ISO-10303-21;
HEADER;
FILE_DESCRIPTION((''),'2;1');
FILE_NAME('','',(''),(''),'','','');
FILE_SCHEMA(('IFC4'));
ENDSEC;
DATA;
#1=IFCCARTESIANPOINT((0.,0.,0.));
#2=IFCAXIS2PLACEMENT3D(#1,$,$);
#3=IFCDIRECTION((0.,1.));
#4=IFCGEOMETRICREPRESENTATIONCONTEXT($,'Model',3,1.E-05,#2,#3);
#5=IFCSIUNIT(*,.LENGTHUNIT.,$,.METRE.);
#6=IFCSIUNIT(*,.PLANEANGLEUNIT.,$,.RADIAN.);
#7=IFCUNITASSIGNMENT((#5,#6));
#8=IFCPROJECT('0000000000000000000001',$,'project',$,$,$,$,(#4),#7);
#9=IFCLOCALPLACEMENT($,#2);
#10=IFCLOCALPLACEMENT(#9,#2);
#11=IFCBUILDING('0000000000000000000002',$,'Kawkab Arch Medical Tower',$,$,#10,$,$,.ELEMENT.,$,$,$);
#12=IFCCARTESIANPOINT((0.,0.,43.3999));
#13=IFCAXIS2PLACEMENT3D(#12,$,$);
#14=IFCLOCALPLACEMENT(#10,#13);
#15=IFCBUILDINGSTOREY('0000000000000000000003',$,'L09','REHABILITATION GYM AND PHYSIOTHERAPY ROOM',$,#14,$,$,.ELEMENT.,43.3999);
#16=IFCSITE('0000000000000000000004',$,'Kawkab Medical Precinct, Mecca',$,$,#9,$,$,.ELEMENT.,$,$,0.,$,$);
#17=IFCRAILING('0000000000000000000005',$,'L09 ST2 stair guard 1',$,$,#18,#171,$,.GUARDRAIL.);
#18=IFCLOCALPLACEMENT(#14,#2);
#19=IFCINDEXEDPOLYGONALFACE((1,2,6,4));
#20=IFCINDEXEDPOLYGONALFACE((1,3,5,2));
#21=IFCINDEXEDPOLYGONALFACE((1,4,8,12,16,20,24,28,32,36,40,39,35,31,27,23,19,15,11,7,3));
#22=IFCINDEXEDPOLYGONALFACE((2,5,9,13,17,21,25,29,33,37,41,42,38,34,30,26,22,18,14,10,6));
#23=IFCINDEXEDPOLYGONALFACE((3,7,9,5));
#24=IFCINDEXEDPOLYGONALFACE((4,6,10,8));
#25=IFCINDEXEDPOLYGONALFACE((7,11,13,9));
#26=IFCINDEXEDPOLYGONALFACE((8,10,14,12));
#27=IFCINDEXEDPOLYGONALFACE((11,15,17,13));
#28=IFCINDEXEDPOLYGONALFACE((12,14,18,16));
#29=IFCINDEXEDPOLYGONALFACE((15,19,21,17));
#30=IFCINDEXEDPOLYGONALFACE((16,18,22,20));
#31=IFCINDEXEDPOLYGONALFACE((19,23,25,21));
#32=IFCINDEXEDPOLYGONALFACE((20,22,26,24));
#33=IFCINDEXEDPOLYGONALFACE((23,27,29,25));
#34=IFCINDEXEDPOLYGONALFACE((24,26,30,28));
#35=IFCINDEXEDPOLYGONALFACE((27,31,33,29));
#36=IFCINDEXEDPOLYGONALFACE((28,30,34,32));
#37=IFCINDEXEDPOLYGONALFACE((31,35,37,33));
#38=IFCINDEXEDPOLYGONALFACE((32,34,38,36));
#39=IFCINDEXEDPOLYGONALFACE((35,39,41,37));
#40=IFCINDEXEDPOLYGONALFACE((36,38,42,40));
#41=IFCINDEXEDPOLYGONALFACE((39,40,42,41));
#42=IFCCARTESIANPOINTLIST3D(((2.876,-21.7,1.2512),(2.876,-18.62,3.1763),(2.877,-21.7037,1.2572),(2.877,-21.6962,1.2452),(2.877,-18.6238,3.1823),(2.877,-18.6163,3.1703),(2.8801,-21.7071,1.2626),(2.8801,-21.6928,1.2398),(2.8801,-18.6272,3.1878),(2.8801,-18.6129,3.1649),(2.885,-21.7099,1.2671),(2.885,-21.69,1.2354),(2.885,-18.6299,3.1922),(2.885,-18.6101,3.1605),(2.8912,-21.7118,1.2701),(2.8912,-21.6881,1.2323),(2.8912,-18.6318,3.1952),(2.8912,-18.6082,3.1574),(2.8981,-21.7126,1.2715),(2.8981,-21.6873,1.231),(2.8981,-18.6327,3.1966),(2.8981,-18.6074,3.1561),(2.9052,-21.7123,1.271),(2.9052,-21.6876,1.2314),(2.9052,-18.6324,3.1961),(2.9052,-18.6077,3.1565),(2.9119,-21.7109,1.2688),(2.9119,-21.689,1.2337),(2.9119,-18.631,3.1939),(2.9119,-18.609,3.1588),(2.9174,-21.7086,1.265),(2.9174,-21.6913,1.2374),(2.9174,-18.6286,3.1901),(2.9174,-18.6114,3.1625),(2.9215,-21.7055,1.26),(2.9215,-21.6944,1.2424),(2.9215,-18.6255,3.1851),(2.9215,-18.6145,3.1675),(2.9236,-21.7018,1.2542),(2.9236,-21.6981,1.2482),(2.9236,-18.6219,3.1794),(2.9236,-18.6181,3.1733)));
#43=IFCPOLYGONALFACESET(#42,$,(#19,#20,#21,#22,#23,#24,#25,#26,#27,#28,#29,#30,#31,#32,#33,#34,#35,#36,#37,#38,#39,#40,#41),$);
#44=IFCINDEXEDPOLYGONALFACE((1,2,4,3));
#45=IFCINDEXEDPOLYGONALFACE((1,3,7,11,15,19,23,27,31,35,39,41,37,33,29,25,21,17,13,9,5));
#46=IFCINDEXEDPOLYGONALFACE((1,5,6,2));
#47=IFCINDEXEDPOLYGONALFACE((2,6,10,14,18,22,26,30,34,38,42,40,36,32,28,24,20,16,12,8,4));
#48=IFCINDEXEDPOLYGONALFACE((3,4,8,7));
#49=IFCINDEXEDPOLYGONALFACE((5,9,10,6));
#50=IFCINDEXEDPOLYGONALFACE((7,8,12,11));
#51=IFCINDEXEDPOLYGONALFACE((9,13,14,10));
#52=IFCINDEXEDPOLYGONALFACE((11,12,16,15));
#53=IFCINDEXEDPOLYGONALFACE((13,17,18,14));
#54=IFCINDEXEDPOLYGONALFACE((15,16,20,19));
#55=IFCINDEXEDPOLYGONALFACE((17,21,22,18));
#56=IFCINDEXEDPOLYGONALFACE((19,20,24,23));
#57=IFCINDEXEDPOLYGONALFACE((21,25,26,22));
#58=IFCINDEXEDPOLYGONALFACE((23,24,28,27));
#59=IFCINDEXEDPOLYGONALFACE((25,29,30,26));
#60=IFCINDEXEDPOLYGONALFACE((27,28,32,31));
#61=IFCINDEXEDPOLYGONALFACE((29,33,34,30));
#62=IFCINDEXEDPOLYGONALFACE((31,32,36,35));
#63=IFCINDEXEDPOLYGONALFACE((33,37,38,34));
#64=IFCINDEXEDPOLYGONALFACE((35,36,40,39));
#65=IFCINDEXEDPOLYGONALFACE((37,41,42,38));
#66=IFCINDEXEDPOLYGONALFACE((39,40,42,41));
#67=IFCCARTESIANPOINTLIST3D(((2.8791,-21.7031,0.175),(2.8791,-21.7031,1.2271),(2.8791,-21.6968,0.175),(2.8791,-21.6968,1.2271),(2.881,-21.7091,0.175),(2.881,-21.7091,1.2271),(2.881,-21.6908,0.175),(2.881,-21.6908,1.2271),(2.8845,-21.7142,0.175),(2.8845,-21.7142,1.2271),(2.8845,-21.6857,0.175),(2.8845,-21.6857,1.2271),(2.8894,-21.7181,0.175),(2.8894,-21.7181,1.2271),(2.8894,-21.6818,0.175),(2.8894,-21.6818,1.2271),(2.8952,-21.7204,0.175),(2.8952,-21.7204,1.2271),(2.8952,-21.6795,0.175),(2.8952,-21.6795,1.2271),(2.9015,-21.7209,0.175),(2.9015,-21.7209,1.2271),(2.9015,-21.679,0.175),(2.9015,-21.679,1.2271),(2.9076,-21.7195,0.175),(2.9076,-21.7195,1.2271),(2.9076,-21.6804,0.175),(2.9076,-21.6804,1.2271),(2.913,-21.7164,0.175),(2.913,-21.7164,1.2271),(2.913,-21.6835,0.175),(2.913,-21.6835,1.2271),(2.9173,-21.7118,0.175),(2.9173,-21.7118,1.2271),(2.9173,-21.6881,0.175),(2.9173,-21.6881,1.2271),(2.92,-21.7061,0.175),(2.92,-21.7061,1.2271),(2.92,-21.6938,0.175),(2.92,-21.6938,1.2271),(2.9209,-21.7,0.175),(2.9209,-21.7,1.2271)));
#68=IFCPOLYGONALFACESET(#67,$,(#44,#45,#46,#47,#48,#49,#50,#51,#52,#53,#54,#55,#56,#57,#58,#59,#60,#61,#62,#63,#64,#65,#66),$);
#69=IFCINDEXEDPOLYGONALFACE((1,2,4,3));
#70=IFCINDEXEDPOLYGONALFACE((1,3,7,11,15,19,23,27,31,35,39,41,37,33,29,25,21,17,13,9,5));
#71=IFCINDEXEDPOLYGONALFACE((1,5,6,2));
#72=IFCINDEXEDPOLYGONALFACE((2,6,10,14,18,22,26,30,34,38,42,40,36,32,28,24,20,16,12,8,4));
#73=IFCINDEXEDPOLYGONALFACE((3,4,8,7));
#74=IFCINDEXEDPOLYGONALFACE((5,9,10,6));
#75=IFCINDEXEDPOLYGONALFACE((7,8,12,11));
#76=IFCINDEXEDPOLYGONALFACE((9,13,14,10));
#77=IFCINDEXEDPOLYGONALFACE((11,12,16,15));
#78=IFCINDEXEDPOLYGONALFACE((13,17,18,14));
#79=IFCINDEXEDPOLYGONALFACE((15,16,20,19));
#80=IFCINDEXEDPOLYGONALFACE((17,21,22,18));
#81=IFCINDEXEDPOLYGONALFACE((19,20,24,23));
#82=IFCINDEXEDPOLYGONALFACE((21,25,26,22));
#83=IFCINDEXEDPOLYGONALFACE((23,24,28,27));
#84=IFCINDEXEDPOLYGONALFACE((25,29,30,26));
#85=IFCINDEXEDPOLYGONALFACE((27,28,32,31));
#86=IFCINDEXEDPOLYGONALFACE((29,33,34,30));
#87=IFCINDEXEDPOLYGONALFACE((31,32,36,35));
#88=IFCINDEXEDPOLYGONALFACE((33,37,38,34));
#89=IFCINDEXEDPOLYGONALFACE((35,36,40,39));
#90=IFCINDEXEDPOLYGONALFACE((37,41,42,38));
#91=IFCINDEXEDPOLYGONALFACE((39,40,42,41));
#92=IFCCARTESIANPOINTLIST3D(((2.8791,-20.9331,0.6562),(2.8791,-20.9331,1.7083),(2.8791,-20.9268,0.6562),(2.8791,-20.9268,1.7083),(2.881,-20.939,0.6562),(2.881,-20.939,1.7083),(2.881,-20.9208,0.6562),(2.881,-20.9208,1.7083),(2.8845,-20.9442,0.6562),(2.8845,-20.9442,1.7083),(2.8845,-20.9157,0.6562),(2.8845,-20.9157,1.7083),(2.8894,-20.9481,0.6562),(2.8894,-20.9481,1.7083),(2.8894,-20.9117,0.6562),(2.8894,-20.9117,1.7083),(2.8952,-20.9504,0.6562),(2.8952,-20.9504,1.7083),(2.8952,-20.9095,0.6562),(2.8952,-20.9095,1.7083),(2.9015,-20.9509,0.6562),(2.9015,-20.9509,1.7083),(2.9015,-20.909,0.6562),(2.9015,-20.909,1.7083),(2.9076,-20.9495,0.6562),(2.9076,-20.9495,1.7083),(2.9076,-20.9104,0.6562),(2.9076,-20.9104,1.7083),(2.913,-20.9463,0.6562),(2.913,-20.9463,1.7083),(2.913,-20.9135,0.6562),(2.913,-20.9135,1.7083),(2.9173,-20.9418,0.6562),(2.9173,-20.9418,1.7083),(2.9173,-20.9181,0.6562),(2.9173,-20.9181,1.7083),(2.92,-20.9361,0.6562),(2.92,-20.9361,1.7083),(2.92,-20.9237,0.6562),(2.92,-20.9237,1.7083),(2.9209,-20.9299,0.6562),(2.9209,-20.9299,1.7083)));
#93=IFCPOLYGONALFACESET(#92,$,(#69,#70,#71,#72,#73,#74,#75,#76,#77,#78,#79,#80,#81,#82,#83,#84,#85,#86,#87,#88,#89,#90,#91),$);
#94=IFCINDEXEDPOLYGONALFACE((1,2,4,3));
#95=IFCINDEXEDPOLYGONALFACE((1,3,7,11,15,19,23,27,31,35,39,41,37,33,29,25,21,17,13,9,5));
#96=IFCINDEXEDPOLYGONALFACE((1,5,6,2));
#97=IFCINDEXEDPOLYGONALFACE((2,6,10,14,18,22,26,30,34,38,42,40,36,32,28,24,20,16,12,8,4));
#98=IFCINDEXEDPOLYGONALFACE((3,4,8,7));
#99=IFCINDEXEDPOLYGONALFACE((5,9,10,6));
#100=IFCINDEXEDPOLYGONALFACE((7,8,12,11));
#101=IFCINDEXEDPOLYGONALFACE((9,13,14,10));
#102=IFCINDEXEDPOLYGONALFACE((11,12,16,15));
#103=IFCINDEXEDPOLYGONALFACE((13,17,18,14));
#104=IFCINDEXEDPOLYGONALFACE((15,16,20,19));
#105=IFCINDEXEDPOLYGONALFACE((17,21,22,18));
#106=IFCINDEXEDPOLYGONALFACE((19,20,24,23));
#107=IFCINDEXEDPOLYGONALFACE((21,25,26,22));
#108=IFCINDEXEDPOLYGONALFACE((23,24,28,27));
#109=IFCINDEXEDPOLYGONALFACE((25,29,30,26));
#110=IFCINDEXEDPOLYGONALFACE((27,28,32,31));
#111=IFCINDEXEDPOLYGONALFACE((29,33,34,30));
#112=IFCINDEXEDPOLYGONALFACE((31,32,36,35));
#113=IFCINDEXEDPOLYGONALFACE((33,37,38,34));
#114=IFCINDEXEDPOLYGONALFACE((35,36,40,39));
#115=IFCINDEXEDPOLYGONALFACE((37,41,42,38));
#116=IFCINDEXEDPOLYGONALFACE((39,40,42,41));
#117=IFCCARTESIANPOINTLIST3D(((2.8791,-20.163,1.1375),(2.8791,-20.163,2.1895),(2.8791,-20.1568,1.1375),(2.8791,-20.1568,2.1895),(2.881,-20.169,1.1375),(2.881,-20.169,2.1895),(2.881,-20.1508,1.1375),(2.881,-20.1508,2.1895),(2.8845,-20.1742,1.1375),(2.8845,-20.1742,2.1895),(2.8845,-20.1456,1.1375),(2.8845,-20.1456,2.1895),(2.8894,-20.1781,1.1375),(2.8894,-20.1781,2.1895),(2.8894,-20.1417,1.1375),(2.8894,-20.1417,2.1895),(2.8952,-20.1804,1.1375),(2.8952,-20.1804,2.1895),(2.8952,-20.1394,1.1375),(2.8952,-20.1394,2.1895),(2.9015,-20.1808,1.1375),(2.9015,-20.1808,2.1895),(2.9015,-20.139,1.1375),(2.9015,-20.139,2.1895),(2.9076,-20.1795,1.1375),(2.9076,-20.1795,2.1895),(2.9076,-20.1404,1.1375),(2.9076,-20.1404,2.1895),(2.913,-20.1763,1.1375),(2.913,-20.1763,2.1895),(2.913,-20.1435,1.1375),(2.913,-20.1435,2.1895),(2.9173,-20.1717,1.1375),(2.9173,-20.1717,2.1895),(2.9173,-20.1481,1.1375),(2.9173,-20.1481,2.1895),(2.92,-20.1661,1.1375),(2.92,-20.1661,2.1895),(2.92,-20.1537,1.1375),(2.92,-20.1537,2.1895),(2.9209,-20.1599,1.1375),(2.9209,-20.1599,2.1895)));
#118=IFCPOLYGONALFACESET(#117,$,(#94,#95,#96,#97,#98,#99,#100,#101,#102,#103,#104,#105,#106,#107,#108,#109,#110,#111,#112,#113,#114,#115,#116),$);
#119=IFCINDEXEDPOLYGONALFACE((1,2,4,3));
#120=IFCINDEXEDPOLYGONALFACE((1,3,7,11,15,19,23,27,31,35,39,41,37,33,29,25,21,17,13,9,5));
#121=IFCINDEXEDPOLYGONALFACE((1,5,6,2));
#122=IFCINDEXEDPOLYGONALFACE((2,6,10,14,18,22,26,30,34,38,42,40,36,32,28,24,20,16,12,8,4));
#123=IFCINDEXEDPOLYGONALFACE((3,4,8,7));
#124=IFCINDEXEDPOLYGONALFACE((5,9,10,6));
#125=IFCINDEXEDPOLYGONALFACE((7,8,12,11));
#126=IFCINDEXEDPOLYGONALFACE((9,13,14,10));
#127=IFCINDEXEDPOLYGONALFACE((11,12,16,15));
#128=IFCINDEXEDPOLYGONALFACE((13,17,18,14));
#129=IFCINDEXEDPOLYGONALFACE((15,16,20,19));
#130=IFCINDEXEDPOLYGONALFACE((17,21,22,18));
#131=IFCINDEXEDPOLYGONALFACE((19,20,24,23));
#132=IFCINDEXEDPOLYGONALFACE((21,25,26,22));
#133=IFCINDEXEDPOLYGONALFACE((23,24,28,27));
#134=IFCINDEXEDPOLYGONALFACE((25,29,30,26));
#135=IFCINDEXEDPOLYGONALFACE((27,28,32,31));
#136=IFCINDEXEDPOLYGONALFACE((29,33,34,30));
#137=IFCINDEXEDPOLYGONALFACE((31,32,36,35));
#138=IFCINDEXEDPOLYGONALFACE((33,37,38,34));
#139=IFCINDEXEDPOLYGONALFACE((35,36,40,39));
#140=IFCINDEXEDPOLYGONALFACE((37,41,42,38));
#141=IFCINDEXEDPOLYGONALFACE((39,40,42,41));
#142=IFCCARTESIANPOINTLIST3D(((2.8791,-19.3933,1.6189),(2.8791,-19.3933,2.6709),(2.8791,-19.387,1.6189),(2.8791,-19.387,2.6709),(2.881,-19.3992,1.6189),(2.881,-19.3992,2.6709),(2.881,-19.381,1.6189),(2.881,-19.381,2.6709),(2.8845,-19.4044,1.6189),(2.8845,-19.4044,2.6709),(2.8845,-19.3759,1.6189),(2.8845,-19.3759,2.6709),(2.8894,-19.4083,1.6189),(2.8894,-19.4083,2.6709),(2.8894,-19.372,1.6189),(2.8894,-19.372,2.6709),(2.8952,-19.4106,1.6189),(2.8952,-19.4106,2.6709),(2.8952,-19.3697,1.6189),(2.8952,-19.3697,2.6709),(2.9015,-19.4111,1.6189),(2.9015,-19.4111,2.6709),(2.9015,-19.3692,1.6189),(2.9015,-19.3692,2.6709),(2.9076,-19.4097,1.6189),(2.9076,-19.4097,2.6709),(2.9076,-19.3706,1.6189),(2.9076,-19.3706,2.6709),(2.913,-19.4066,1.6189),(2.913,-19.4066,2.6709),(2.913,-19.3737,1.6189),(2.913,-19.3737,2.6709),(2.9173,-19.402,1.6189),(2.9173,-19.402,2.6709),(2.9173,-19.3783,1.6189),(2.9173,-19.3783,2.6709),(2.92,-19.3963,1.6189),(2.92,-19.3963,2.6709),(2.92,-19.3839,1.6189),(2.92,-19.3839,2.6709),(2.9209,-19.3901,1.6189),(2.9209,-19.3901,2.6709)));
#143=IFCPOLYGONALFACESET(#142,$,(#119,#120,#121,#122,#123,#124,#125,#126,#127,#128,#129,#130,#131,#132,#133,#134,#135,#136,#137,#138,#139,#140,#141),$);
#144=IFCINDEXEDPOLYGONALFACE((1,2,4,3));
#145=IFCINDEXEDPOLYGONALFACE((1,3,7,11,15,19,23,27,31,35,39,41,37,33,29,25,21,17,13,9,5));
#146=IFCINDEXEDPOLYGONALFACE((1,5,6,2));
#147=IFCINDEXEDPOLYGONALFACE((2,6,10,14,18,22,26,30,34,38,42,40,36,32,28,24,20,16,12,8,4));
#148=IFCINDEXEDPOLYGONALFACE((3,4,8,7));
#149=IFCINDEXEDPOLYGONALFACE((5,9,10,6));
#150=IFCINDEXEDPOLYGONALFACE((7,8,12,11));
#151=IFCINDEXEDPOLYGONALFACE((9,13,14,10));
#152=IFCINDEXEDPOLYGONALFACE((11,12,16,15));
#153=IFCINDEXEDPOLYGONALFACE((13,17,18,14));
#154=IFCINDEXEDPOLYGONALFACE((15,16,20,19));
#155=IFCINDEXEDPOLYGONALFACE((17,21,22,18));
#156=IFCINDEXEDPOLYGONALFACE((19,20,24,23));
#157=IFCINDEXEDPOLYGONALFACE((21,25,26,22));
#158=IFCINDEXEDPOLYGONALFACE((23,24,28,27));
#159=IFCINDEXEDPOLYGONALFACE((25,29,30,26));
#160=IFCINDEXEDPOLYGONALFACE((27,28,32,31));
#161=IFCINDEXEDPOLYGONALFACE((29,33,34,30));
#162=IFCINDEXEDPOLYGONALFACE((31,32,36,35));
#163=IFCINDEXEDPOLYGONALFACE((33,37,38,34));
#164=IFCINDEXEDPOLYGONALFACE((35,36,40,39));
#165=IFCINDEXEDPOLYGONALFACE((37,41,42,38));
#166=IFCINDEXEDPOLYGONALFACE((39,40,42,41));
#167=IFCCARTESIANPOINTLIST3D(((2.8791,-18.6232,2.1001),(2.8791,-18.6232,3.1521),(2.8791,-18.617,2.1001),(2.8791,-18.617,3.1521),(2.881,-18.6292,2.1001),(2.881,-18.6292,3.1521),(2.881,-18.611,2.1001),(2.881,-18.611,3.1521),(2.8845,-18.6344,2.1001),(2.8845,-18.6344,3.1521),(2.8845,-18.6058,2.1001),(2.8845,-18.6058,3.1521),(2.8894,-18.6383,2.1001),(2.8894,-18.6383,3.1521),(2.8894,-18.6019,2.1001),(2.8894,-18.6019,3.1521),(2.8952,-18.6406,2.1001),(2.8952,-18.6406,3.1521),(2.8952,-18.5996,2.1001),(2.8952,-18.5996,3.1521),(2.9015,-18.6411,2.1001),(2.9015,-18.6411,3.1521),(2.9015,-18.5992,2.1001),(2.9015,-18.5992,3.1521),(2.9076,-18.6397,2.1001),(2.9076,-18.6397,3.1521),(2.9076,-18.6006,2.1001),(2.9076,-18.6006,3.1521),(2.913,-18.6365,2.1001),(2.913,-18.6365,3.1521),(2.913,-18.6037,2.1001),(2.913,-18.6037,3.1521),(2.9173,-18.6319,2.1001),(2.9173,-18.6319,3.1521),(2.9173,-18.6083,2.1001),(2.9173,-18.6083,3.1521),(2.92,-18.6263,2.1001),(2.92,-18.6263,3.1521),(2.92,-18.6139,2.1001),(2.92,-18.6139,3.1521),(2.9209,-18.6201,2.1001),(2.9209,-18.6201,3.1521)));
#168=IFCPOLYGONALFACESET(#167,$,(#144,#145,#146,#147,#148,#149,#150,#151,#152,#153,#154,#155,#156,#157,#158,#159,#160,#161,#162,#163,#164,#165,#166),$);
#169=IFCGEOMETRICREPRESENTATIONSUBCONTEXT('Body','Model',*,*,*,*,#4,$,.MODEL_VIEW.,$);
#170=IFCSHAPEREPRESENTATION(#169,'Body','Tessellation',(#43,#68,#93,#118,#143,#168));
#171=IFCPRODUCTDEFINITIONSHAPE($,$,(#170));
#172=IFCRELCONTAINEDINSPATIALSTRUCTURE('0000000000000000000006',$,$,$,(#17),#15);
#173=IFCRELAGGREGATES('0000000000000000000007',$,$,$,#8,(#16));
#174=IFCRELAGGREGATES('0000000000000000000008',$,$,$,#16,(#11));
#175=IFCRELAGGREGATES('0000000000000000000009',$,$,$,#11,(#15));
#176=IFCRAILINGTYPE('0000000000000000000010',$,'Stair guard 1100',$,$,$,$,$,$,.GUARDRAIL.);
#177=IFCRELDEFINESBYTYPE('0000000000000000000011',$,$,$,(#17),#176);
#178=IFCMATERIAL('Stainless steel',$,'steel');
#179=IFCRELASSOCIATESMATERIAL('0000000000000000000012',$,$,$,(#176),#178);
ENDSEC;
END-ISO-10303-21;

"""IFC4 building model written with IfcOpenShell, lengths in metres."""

from ifc_helpers import new_model, si_unit, direction, frame, origin, origin_2d, place, context, subcontext, project, spatial, circle, extrude, material, type_object, element, save


model = new_model("IFC4")

# Units and contexts
model_context = context("Model", 3, precision=1e-05, world=origin(), true_north=direction((0.0, 1.0)))
body_context = subcontext(model_context, "Body", "Model", "MODEL_VIEW")
ifc_project = project(units=[si_unit("LENGTHUNIT", "METRE"), si_unit("PLANEANGLEUNIT", "RADIAN")], contexts=[model_context])

# Site, building, storey
site_placement = place(None, origin())
site = spatial("IfcSite", under=ifc_project, at=site_placement, Name="Kawkab Medical Precinct, Mecca", CompositionType="ELEMENT", RefElevation=0.0)
building_placement = place(site_placement, origin())
building = spatial("IfcBuilding", under=site, at=building_placement, Name="Kawkab Arch Medical Tower", CompositionType="ELEMENT")
storey_placement = place(building_placement, frame((0.0, 0.0, 43.3999)))
storey = spatial("IfcBuildingStorey", under=building, at=storey_placement, Name="L09", Description="REHABILITATION GYM AND PHYSIOTHERAPY ROOM", CompositionType="ELEMENT", Elevation=43.3999)

# Railing
ifc_material_1 = material(Name="Stainless steel", Category="steel")
railing_type = type_object("IfcRailingType", Name="Stair guard 1100", PredefinedType="GUARDRAIL", material=ifc_material_1)
railing_1_placement = place(storey_placement, frame((2.8999, -21.7, 0.175)))
element("IfcRailing", 1, at=railing_1_placement, inside=storey, type_object=railing_type, Name="L09 ST2 stair guard 1", PredefinedType="GUARDRAIL", context=body_context, shape_type="SweptSolid", body=[
    extrude(circle(Radius=0.0239, at=origin_2d()), frame((0.0, 0.0, 1.0762), z_axis=(0.0, 0.847979, 0.530029), x_axis=(-1.0, 0.0, 0.0)), (0.0, 0.0, 1.0), 3.6321),
    extrude(circle(Radius=0.021, at=origin_2d()), origin(), (0.0, 0.0, 1.0), 1.052),
    extrude(circle(Radius=0.021, at=origin_2d()), frame((0.0, 0.77, 0.4812)), (0.0, 0.0, 1.0), 1.052),
    extrude(circle(Radius=0.021, at=origin_2d()), frame((0.0, 1.54, 0.9624)), (0.0, 0.0, 1.0), 1.052),
    extrude(circle(Radius=0.021, at=origin_2d()), frame((0.0, 2.3098, 1.4438)), (0.0, 0.0, 1.0), 1.052),
    extrude(circle(Radius=0.021, at=origin_2d()), frame((0.0, 3.0798, 1.925)), (0.0, 0.0, 1.0), 1.052),
])

save(model, "model.ifc")
